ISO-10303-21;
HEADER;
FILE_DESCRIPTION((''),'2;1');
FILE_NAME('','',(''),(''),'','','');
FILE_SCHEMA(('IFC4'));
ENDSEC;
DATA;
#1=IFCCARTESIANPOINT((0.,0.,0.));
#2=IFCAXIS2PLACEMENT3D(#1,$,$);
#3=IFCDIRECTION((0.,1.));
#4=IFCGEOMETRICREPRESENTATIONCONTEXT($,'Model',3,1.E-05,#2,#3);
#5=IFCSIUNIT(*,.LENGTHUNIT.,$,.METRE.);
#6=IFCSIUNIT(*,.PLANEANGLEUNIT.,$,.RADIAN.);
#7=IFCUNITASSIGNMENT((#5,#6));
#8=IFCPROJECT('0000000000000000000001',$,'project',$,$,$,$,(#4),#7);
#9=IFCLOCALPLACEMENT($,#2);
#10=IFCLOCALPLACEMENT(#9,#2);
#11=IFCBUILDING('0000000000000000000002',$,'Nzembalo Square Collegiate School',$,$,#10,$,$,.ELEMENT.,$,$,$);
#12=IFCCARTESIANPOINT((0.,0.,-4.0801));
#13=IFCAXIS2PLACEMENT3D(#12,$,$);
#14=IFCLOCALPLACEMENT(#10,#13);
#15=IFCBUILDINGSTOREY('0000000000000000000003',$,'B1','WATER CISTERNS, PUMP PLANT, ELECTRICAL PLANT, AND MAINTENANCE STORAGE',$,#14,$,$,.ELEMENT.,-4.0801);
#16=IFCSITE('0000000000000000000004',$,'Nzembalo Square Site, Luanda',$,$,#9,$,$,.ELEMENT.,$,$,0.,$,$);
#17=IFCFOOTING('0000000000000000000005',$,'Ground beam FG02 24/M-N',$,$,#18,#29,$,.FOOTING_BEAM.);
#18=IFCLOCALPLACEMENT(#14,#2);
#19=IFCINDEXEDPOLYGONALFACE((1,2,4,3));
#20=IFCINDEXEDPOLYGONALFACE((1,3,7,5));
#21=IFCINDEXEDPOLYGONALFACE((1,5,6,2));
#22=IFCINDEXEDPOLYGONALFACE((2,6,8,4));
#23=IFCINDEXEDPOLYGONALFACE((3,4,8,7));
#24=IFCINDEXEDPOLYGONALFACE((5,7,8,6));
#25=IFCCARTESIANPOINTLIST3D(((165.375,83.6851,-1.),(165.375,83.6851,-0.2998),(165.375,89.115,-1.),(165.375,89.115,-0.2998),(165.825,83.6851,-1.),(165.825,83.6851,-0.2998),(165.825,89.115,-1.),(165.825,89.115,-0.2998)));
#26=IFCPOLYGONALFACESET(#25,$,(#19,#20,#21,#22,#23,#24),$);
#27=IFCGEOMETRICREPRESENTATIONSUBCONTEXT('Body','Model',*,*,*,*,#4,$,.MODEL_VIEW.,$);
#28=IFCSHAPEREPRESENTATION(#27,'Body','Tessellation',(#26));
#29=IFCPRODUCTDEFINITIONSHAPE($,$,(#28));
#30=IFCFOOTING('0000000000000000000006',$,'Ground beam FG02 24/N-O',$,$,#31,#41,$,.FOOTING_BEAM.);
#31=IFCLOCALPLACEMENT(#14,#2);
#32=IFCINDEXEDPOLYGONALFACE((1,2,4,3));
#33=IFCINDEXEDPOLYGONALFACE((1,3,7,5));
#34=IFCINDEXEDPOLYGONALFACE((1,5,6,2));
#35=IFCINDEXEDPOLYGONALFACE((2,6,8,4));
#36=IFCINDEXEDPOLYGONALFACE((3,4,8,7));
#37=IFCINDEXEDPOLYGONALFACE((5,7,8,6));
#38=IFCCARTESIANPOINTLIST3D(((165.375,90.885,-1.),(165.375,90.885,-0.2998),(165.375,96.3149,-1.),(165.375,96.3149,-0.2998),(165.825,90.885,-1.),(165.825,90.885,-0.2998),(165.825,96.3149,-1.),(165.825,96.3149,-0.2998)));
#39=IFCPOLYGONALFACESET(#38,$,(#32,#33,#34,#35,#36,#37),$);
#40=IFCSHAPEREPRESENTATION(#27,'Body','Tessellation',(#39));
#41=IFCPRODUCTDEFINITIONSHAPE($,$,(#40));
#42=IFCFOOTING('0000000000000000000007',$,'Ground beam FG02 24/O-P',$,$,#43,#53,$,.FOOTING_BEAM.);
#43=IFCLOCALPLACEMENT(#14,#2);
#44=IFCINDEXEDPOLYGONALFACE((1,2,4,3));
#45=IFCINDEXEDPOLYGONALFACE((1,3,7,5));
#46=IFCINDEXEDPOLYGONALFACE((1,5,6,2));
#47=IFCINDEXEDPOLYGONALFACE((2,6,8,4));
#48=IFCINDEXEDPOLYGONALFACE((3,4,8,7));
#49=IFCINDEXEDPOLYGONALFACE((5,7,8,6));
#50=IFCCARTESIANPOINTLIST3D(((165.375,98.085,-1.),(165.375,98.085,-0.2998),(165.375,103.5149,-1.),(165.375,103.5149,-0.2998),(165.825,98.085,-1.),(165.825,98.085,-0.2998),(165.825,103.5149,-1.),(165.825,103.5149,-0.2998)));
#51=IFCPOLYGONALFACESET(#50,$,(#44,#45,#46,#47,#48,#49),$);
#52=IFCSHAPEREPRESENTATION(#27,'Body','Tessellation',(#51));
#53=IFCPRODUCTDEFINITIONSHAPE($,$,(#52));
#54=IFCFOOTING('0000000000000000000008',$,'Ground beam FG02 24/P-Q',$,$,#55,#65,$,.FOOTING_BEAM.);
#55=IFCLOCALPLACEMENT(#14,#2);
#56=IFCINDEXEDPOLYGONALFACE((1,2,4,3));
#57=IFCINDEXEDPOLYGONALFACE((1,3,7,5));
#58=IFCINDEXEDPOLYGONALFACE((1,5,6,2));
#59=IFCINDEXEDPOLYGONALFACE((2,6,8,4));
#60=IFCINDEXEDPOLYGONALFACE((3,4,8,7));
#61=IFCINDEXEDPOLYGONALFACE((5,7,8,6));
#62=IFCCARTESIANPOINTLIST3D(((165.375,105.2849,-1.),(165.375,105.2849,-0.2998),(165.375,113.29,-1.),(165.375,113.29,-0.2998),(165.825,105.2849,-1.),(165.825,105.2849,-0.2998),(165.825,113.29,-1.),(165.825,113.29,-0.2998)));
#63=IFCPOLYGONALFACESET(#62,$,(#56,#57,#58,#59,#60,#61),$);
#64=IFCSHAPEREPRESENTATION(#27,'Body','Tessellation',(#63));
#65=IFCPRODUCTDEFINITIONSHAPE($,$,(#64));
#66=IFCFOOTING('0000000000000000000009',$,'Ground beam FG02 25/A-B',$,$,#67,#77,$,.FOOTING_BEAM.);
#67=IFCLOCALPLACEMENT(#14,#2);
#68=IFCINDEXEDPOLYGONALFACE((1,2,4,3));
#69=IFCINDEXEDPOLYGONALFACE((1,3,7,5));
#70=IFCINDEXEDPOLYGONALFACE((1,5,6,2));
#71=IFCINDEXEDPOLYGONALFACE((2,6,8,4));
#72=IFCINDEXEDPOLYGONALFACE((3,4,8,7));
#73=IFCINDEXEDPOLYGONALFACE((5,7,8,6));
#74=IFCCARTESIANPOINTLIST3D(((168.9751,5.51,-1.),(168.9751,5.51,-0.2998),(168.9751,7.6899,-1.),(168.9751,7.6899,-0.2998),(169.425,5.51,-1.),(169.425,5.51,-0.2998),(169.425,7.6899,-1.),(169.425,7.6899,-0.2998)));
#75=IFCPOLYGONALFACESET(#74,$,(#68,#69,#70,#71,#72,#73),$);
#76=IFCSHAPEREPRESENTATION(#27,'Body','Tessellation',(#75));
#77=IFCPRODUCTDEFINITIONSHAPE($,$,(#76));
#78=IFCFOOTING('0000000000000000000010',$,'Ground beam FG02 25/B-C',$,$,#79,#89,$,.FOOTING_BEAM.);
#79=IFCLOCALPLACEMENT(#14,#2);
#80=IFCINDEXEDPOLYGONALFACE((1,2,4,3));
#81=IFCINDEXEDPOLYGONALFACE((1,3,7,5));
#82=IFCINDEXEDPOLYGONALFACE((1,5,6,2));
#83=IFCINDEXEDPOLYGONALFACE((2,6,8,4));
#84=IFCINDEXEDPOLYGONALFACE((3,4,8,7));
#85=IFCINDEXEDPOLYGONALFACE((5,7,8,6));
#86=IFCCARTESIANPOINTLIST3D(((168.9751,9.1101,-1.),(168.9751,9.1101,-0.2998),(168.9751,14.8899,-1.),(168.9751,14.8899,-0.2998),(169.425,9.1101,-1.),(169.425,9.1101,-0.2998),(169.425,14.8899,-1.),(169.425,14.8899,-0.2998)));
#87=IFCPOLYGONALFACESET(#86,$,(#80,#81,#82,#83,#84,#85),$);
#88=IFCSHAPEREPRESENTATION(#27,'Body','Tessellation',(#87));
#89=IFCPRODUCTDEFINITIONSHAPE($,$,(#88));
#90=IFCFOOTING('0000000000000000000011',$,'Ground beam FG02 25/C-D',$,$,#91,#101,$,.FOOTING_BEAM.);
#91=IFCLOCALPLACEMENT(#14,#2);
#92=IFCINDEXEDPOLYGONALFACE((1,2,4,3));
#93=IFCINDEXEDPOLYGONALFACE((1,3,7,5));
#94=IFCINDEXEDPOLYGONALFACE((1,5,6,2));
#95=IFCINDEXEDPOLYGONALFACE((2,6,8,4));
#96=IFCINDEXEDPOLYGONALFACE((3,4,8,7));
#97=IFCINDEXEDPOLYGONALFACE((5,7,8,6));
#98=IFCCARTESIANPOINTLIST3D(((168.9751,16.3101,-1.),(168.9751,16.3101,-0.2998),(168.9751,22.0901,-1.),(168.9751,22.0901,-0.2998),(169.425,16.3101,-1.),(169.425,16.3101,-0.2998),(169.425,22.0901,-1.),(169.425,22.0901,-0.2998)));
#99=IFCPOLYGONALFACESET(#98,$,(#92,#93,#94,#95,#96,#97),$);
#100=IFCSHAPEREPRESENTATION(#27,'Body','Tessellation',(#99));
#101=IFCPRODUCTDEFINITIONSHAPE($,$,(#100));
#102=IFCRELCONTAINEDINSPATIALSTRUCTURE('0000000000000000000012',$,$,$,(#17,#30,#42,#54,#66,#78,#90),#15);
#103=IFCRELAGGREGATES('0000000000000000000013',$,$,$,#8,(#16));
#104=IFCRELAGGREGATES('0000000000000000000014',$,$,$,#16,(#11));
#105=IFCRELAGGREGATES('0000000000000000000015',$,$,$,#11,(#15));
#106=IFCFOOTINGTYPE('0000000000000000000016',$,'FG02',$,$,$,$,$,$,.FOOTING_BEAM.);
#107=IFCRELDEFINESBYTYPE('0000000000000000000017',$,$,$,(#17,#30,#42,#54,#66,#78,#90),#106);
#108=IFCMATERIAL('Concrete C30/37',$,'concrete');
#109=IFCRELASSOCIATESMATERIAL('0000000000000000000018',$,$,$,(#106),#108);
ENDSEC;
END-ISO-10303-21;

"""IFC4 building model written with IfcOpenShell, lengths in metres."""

from ifc_helpers import new_model, si_unit, direction, frame, origin, place, context, subcontext, project, spatial, polyline, outline, extrude, material, type_object, element, save


model = new_model("IFC4")

# Units and contexts
model_context = context("Model", 3, precision=1e-05, world=origin(), true_north=direction((0.0, 1.0)))
body_context = subcontext(model_context, "Body", "Model", "MODEL_VIEW")
ifc_project = project(units=[si_unit("LENGTHUNIT", "METRE"), si_unit("PLANEANGLEUNIT", "RADIAN")], contexts=[model_context])

# Site, building, storey
site_placement = place(None, origin())
site = spatial("IfcSite", under=ifc_project, at=site_placement, Name="Nzembalo Square Site, Luanda", CompositionType="ELEMENT", RefElevation=0.0)
building_placement = place(site_placement, origin())
building = spatial("IfcBuilding", under=site, at=building_placement, Name="Nzembalo Square Collegiate School", CompositionType="ELEMENT")
storey_placement = place(building_placement, frame((0.0, 0.0, -4.0801)))
storey = spatial("IfcBuildingStorey", under=building, at=storey_placement, Name="B1", Description="WATER CISTERNS, PUMP PLANT, ELECTRICAL PLANT, AND MAINTENANCE STORAGE", CompositionType="ELEMENT", Elevation=-4.0801)

# Footings
ifc_material = material(Name="Concrete C30/37", Category="concrete")
footing_type = type_object("IfcFootingType", Name="FG02", PredefinedType="FOOTING_BEAM", material=ifc_material)
footing_1_placement = place(storey_placement, frame((0.0, 0.0, -1.0)))
element("IfcFooting", 1, at=footing_1_placement, inside=storey, type_object=footing_type, Name="Ground beam FG02 24/M-N", PredefinedType="FOOTING_BEAM", context=body_context, shape_type="SweptSolid", body=[
    extrude(outline(polyline([(165.375, 83.6851), (165.825, 83.6851), (165.825, 89.115), (165.375, 89.115), (165.375, 83.6851)])), origin(), (0.0, 0.0, 1.0), 0.7002),
])
footing_2_placement = place(storey_placement, frame((0.0, 0.0, -1.0)))
element("IfcFooting", 2, at=footing_2_placement, inside=storey, type_object=footing_type, Name="Ground beam FG02 24/N-O", PredefinedType="FOOTING_BEAM", context=body_context, shape_type="SweptSolid", body=[
    extrude(outline(polyline([(165.375, 90.885), (165.825, 90.885), (165.825, 96.3149), (165.375, 96.3149), (165.375, 90.885)])), origin(), (0.0, 0.0, 1.0), 0.7002),
])
footing_3_placement = place(storey_placement, frame((0.0, 0.0, -1.0)))
element("IfcFooting", 3, at=footing_3_placement, inside=storey, type_object=footing_type, Name="Ground beam FG02 24/O-P", PredefinedType="FOOTING_BEAM", context=body_context, shape_type="SweptSolid", body=[
    extrude(outline(polyline([(165.375, 98.085), (165.825, 98.085), (165.825, 103.5149), (165.375, 103.5149), (165.375, 98.085)])), origin(), (0.0, 0.0, 1.0), 0.7002),
])
footing_4_placement = place(storey_placement, frame((0.0, 0.0, -1.0)))
element("IfcFooting", 4, at=footing_4_placement, inside=storey, type_object=footing_type, Name="Ground beam FG02 24/P-Q", PredefinedType="FOOTING_BEAM", context=body_context, shape_type="SweptSolid", body=[
    extrude(outline(polyline([(165.375, 105.2849), (165.825, 105.2849), (165.825, 113.29), (165.375, 113.29), (165.375, 105.2849)])), origin(), (0.0, 0.0, 1.0), 0.7002),
])
footing_5_placement = place(storey_placement, frame((0.0, 0.0, -1.0)))
element("IfcFooting", 5, at=footing_5_placement, inside=storey, type_object=footing_type, Name="Ground beam FG02 25/A-B", PredefinedType="FOOTING_BEAM", context=body_context, shape_type="SweptSolid", body=[
    extrude(outline(polyline([(168.9751, 5.51), (169.425, 5.51), (169.425, 7.6899), (168.9751, 7.6899), (168.9751, 5.51)])), origin(), (0.0, 0.0, 1.0), 0.7002),
])
footing_6_placement = place(storey_placement, frame((0.0, 0.0, -1.0)))
element("IfcFooting", 6, at=footing_6_placement, inside=storey, type_object=footing_type, Name="Ground beam FG02 25/B-C", PredefinedType="FOOTING_BEAM", context=body_context, shape_type="SweptSolid", body=[
    extrude(outline(polyline([(168.9751, 9.1101), (169.425, 9.1101), (169.425, 14.8899), (168.9751, 14.8899), (168.9751, 9.1101)])), origin(), (0.0, 0.0, 1.0), 0.7002),
])
footing_7_placement = place(storey_placement, frame((0.0, 0.0, -1.0)))
element("IfcFooting", 7, at=footing_7_placement, inside=storey, type_object=footing_type, Name="Ground beam FG02 25/C-D", PredefinedType="FOOTING_BEAM", context=body_context, shape_type="SweptSolid", body=[
    extrude(outline(polyline([(168.9751, 16.3101), (169.425, 16.3101), (169.425, 22.0901), (168.9751, 22.0901), (168.9751, 16.3101)])), origin(), (0.0, 0.0, 1.0), 0.7002),
])

save(model, "model.ifc")
